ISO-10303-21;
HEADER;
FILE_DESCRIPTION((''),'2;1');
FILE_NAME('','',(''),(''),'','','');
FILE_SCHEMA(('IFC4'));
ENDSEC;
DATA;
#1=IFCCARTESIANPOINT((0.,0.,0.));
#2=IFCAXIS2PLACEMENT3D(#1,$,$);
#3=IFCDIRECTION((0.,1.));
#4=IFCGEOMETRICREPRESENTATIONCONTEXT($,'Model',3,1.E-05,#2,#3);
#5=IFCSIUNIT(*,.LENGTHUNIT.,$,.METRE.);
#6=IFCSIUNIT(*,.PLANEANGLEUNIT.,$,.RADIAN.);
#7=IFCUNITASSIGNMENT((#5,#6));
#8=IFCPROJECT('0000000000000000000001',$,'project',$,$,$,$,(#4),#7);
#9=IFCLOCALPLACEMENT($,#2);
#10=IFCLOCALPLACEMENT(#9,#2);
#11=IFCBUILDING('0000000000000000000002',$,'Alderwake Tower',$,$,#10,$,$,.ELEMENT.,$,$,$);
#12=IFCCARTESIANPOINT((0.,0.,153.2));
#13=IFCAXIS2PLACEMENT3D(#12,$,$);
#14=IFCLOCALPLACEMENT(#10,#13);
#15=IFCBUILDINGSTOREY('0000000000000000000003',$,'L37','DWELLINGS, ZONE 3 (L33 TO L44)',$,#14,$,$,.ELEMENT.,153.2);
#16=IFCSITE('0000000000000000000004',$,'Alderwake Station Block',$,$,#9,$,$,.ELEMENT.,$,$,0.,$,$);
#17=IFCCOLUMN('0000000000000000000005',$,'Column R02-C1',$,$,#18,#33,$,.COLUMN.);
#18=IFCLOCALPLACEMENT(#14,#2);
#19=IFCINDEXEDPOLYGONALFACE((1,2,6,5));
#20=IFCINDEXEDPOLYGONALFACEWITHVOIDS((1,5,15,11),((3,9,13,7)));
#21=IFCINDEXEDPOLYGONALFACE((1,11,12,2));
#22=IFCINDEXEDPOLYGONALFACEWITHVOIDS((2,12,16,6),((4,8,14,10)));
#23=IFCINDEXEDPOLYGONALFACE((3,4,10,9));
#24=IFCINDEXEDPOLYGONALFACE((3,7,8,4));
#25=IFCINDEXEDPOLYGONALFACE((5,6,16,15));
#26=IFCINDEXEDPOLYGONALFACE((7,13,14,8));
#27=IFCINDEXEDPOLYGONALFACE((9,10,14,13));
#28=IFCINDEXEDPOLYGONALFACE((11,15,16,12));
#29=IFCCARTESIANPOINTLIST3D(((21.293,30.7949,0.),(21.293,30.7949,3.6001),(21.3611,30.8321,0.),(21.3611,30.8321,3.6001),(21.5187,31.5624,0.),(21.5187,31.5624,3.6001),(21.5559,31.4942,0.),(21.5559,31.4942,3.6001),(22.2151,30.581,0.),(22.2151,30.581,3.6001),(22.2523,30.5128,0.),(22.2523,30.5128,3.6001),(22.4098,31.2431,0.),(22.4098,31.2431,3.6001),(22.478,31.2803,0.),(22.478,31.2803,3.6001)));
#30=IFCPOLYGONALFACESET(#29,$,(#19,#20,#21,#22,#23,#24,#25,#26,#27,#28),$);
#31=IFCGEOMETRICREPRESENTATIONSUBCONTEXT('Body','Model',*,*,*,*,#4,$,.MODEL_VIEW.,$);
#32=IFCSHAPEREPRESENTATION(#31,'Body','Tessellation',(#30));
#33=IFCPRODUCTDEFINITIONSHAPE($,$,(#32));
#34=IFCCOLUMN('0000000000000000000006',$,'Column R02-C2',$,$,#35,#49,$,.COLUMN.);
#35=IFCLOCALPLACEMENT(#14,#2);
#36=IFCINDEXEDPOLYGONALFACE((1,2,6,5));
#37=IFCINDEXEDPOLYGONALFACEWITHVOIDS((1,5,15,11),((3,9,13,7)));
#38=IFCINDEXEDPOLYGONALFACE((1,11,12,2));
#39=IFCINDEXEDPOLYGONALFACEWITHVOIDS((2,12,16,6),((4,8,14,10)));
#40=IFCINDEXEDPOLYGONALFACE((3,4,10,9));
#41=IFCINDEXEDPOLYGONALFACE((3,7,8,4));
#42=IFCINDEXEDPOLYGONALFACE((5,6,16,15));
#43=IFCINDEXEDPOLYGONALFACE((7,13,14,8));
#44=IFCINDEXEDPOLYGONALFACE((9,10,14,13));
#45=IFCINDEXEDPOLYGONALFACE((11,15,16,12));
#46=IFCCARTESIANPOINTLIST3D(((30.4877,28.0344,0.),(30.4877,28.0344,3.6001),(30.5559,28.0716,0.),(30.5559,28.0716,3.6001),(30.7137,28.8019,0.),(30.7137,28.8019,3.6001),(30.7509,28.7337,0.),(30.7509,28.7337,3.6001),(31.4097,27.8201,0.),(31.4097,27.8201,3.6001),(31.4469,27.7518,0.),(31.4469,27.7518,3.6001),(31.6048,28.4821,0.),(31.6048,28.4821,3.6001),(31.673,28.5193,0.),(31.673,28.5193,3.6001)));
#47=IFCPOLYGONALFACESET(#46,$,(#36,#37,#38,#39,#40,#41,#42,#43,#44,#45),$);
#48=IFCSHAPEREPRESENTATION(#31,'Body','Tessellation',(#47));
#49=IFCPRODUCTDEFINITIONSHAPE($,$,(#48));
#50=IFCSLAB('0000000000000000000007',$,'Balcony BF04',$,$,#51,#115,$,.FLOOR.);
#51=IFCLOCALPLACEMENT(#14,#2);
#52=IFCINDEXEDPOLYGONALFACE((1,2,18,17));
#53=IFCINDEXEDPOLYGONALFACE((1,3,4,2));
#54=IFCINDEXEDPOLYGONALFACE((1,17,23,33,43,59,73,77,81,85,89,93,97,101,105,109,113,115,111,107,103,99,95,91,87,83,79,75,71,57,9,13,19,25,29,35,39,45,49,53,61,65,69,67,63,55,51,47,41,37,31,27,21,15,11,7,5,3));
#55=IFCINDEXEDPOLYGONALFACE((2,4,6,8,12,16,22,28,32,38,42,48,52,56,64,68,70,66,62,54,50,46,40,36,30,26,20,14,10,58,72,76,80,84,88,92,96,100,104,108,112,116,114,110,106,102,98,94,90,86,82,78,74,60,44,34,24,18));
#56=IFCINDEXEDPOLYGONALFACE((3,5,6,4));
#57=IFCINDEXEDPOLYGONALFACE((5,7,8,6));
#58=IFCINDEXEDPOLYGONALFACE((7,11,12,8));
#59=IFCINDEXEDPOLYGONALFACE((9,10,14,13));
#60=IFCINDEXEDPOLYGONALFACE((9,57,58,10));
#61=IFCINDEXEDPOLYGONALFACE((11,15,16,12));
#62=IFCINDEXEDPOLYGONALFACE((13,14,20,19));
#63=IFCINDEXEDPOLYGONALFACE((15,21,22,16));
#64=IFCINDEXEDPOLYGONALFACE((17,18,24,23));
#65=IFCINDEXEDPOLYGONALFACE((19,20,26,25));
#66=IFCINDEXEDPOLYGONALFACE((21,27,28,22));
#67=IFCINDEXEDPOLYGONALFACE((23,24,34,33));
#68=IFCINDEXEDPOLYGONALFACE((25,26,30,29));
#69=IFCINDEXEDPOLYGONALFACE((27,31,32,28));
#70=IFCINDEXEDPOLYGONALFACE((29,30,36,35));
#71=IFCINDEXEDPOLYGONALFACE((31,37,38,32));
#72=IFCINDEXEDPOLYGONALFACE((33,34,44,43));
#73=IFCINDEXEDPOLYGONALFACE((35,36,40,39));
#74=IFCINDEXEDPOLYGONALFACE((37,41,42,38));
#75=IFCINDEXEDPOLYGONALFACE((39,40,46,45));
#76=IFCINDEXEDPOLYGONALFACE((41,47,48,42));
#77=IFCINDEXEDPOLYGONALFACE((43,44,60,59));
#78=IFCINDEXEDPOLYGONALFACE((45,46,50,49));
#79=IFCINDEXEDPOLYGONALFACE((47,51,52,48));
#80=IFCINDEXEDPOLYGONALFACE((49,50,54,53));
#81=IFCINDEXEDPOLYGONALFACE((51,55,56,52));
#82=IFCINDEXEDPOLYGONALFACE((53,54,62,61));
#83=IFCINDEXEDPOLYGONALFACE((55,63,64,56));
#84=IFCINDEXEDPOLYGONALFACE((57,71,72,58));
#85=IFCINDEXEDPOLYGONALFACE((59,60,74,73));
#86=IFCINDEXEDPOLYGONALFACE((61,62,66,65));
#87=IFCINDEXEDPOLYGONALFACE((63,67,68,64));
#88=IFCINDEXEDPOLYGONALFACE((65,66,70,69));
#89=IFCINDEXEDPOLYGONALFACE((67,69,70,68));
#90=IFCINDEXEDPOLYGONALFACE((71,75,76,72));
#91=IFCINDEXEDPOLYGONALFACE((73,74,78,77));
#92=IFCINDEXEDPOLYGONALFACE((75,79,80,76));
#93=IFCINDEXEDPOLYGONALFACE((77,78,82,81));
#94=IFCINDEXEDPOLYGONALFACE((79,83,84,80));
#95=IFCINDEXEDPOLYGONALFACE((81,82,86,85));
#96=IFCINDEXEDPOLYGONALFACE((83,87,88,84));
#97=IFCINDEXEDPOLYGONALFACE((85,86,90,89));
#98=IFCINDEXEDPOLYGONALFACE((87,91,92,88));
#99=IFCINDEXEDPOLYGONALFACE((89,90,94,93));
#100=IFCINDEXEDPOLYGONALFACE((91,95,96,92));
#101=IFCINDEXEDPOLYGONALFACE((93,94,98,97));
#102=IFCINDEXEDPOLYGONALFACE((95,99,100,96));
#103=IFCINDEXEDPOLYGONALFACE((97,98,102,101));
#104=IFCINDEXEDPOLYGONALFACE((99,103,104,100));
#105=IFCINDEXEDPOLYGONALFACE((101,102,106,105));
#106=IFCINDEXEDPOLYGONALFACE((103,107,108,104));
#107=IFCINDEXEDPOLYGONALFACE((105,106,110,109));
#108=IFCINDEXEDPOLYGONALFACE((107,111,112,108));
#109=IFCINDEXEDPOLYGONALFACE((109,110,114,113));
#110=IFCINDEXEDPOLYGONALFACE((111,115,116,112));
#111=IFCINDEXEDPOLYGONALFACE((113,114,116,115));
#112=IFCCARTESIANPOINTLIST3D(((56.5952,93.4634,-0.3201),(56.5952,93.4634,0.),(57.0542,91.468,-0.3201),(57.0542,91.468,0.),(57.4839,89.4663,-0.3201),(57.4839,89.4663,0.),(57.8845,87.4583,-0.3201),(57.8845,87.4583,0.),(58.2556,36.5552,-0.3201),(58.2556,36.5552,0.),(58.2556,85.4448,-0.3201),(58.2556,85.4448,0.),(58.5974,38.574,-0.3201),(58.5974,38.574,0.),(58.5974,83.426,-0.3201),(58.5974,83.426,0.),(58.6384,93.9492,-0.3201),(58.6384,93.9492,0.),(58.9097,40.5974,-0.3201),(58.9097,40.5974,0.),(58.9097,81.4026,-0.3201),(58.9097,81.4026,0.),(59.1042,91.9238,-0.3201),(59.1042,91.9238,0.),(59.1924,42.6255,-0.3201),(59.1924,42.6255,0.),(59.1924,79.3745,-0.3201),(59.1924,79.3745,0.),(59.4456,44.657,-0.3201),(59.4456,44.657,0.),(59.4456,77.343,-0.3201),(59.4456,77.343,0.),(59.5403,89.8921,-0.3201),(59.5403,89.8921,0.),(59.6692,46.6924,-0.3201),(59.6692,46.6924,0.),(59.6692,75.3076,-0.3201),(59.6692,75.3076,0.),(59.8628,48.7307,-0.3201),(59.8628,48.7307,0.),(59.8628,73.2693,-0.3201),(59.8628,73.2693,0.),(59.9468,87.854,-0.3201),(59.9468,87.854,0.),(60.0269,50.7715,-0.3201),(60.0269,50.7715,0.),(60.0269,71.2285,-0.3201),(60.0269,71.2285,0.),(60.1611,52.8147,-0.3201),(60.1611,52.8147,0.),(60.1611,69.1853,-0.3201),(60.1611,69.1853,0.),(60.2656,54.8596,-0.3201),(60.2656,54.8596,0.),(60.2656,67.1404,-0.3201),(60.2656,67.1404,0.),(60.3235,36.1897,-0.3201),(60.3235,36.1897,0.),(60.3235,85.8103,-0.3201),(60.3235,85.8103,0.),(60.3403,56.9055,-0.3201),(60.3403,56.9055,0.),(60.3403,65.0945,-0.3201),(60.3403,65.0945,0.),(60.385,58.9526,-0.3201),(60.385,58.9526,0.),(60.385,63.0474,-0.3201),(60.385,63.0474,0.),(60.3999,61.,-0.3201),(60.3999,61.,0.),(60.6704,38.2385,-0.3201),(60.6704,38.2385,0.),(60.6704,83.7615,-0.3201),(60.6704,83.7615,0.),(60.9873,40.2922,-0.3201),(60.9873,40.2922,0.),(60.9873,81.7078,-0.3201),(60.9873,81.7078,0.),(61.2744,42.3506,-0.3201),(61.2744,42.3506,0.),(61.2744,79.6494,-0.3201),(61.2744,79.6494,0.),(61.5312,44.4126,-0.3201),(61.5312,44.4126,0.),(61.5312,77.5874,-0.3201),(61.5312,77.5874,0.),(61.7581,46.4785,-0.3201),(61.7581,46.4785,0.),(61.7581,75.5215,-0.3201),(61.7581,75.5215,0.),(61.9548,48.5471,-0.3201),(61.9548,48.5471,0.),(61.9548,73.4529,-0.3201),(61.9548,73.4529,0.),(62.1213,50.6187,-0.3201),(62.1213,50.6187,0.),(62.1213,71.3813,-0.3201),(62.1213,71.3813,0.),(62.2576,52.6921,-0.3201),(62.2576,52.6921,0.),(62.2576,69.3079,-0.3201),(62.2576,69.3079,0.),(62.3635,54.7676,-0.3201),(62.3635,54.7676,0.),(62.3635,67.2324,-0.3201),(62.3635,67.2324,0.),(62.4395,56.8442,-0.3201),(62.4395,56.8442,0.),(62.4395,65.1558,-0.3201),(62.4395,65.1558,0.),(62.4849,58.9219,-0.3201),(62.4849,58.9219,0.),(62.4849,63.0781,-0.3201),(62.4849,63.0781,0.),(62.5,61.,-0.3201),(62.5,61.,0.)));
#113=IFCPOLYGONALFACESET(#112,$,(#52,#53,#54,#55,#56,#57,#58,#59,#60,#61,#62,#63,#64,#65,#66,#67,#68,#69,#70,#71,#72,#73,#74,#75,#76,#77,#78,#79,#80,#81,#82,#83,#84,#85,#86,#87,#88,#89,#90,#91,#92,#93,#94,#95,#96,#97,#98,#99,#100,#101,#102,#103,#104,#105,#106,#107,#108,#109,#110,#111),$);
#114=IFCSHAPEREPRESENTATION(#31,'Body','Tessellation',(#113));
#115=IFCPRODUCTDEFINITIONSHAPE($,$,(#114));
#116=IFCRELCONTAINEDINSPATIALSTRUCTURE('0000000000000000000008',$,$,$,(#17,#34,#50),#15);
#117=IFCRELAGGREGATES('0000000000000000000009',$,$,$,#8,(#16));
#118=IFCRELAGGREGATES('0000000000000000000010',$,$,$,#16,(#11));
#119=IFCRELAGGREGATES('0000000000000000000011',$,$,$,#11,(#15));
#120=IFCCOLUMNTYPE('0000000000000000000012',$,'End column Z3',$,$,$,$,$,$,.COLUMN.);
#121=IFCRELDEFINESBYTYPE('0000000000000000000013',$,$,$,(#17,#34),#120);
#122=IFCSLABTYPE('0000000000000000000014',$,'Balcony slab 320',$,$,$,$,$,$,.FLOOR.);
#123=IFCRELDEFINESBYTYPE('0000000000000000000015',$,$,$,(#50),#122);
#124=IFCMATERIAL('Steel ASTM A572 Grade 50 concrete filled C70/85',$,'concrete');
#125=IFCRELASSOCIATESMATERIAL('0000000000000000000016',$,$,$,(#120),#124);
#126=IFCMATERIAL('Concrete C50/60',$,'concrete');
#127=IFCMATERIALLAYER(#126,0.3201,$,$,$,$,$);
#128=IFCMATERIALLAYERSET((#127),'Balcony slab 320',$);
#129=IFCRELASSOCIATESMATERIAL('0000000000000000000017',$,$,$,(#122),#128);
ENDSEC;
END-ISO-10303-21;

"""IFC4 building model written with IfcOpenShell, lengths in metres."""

from ifc_helpers import new_model, si_unit, direction, frame, origin, origin_2d, place, context, subcontext, project, spatial, polyline, hollow_rectangle, outline, extrude, material, layer, layer_set, material_profile, profile_set, type_object, element, save


model = new_model("IFC4")

# Units and contexts
model_context = context("Model", 3, precision=1e-05, world=origin(), true_north=direction((0.0, 1.0)))
body_context = subcontext(model_context, "Body", "Model", "MODEL_VIEW")
ifc_project = project(units=[si_unit("LENGTHUNIT", "METRE"), si_unit("PLANEANGLEUNIT", "RADIAN")], contexts=[model_context])

# Site, building, storey
site_placement = place(None, origin())
site = spatial("IfcSite", under=ifc_project, at=site_placement, Name="Alderwake Station Block", CompositionType="ELEMENT", RefElevation=0.0)
building_placement = place(site_placement, origin())
building = spatial("IfcBuilding", under=site, at=building_placement, Name="Alderwake Tower", CompositionType="ELEMENT")
storey_placement = place(building_placement, frame((0.0, 0.0, 153.2)))
storey = spatial("IfcBuildingStorey", under=building, at=storey_placement, Name="L37", Description="DWELLINGS, ZONE 3 (L33 TO L44)", CompositionType="ELEMENT", Elevation=153.2)

# Columns
ifc_material_1 = material(Name="Steel ASTM A572 Grade 50 concrete filled C70/85", Category="concrete")
ifc_material_profile = material_profile(ifc_material_1, hollow_rectangle(XDim=0.8, YDim=1.0, WallThickness=0.0549, at=origin_2d()), Name="BOX 1000X800X55")
ifc_profile_set = profile_set([ifc_material_profile], Name="Steel ASTM A572 Grade 50 concrete filled C70/85")
column_type = type_object("IfcColumnType", Name="End column Z3", PredefinedType="COLUMN", material=ifc_profile_set)
for number, where, z_axis, x_axis, name in (
    (1, (21.8855, 31.0376, 0.0), (0.0, 0.0, 1.0), (0.282132, 0.959376, 0.0), "Column R02-C1"),
    (2, (31.0803, 28.2769, 0.0), (0.0, 0.0, 1.0), (0.282583, 0.959243, 0.0), "Column R02-C2"),
):
    element("IfcColumn", number, at=place(storey_placement, frame(where, z_axis=z_axis, x_axis=x_axis)), inside=storey, type_object=column_type, Name=name, PredefinedType="COLUMN", context=body_context, shape_type="SweptSolid", body=[
        extrude(hollow_rectangle(XDim=0.8, YDim=1.0, WallThickness=0.0549, at=origin_2d()), origin(), (0.0, 0.0, 1.0), 3.6001),
    ])

# Slab
ifc_material_2 = material(Name="Concrete C50/60", Category="concrete")
ifc_layer_1 = layer(ifc_material_2, 0.3201)
ifc_layer_set_1 = layer_set([ifc_layer_1], Name="Balcony slab 320")
slab_type_1 = type_object("IfcSlabType", Name="Balcony slab 320", PredefinedType="FLOOR", material=ifc_layer_set_1)
slab_1_placement = place(storey_placement, frame((0.0, 0.0, -0.3201)))
element("IfcSlab", 3, at=slab_1_placement, inside=storey, type_object=slab_type_1, Name="Balcony BF04", PredefinedType="FLOOR", context=body_context, shape_type="SweptSolid", body=[
    extrude(outline(polyline([(60.6704, 38.2385), (60.9873, 40.2922), (61.2744, 42.3506), (61.5312, 44.4126), (61.7581, 46.4785), (61.9548, 48.5471), (62.1213, 50.6187), (62.2576, 52.6921), (62.3635, 54.7676), (62.4395, 56.8442), (62.4849, 58.9219), (62.5, 61.0), (62.4849, 63.0781), (62.4395, 65.1558), (62.3635, 67.2324), (62.2576, 69.3079), (62.1213, 71.3813), (61.9548, 73.4529), (61.7581, 75.5215), (61.5312, 77.5874), (61.2744, 79.6494), (60.9873, 81.7078), (60.6704, 83.7615), (60.3235, 85.8103), (59.9468, 87.854), (59.5403, 89.8921), (59.1042, 91.9238), (58.6384, 93.9492), (56.5952, 93.4634), (57.0542, 91.468), (57.4839, 89.4663), (57.8845, 87.4583), (58.2556, 85.4448), (58.5974, 83.426), (58.9097, 81.4026), (59.1924, 79.3745), (59.4456, 77.343), (59.6692, 75.3076), (59.8628, 73.2693), (60.0269, 71.2285), (60.1611, 69.1853), (60.2656, 67.1404), (60.3403, 65.0945), (60.385, 63.0474), (60.3999, 61.0), (60.385, 58.9526), (60.3403, 56.9055), (60.2656, 54.8596), (60.1611, 52.8147), (60.0269, 50.7715), (59.8628, 48.7307), (59.6692, 46.6924), (59.4456, 44.657), (59.1924, 42.6255), (58.9097, 40.5974), (58.5974, 38.574), (58.2556, 36.5552), (60.3235, 36.1897), (60.6704, 38.2385)])), origin(), (0.0, 0.0, 1.0), 0.3201),
])

save(model, "model.ifc")
